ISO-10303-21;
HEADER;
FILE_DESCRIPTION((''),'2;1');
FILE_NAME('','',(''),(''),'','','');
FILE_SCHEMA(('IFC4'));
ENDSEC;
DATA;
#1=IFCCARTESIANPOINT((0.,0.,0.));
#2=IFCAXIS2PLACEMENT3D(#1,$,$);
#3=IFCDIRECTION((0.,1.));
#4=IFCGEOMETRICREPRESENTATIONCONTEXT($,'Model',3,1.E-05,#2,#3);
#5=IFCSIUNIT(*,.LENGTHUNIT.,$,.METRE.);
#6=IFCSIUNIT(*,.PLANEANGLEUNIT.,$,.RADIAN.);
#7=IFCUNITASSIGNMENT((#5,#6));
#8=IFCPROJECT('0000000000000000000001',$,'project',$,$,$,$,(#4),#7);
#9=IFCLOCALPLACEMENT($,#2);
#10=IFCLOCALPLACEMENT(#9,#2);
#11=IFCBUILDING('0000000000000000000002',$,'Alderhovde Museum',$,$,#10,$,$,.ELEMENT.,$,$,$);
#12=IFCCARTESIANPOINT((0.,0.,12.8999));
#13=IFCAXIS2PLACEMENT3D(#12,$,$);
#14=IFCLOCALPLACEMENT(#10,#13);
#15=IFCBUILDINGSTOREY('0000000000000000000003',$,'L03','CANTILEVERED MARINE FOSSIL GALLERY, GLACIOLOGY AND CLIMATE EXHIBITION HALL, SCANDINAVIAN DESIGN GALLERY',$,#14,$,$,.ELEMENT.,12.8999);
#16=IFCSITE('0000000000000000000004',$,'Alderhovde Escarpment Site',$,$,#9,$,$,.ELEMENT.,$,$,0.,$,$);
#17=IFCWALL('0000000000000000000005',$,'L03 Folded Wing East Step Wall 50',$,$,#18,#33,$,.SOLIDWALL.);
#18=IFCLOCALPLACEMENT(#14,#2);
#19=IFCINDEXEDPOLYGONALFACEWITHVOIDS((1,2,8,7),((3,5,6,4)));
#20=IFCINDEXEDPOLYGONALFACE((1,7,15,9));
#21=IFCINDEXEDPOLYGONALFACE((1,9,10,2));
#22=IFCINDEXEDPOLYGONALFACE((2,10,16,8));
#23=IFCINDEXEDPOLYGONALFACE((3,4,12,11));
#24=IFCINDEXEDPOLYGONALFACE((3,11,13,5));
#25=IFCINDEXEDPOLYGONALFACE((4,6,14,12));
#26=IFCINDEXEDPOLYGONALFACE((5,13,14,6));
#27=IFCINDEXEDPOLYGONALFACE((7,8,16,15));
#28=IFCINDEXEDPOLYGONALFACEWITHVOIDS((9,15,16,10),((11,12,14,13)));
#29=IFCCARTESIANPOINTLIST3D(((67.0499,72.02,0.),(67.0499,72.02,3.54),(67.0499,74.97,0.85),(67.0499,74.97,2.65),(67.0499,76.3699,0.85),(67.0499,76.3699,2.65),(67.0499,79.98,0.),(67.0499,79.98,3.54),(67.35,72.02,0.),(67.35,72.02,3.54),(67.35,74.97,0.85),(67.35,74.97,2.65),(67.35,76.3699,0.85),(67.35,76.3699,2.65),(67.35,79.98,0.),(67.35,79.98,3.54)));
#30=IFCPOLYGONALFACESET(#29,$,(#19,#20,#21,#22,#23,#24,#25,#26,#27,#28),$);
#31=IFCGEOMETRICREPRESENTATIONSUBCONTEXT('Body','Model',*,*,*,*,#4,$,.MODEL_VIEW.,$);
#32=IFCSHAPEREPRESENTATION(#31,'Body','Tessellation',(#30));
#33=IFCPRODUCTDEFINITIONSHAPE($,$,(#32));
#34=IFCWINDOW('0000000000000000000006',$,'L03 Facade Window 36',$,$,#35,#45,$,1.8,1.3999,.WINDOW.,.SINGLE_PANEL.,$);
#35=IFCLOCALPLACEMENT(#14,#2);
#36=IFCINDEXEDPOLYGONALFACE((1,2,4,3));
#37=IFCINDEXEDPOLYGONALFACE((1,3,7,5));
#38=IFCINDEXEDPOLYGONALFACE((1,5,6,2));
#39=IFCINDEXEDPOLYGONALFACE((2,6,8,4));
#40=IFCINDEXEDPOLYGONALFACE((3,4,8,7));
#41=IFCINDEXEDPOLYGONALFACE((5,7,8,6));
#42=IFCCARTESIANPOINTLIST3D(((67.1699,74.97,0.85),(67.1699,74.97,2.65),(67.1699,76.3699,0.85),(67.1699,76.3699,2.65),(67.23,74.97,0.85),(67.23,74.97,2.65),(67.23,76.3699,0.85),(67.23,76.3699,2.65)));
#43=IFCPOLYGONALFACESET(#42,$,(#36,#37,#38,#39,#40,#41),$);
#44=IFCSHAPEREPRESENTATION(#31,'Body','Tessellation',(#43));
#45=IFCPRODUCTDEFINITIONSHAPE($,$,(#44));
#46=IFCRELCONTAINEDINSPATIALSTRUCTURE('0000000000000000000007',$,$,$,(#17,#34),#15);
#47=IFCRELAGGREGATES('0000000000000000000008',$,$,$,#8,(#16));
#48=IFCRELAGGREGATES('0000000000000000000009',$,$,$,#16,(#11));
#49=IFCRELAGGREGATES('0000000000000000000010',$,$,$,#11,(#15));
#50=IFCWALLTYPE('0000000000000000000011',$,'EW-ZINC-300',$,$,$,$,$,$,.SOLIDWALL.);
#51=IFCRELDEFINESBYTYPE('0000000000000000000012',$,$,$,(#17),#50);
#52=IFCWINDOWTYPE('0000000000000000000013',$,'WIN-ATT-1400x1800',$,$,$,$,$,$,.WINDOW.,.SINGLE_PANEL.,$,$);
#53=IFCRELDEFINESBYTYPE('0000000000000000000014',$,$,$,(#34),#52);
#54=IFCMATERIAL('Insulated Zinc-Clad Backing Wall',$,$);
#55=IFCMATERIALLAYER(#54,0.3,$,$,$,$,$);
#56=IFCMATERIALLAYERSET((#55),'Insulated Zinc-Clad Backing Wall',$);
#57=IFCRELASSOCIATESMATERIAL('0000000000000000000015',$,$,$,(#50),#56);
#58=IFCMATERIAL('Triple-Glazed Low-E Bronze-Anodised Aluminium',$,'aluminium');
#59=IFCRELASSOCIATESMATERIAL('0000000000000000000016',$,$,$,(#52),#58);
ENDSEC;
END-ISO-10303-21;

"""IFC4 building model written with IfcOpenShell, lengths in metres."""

from ifc_helpers import new_model, si_unit, direction, frame, frame_2d, origin, place, context, subcontext, project, spatial, rectangle, extrude, material, layer, layer_set, type_object, element, fill, save


model = new_model("IFC4")

# Units and contexts
model_context = context("Model", 3, precision=1e-05, world=origin(), true_north=direction((0.0, 1.0)))
body_context = subcontext(model_context, "Body", "Model", "MODEL_VIEW")
ifc_project = project(units=[si_unit("LENGTHUNIT", "METRE"), si_unit("PLANEANGLEUNIT", "RADIAN")], contexts=[model_context])

# Site, building, storey
site_placement = place(None, origin())
site = spatial("IfcSite", under=ifc_project, at=site_placement, Name="Alderhovde Escarpment Site", CompositionType="ELEMENT", RefElevation=0.0)
building_placement = place(site_placement, origin())
building = spatial("IfcBuilding", under=site, at=building_placement, Name="Alderhovde Museum", CompositionType="ELEMENT")
storey_placement = place(building_placement, frame((0.0, 0.0, 12.8999)))
storey = spatial("IfcBuildingStorey", under=building, at=storey_placement, Name="L03", Description="CANTILEVERED MARINE FOSSIL GALLERY, GLACIOLOGY AND CLIMATE EXHIBITION HALL, SCANDINAVIAN DESIGN GALLERY", CompositionType="ELEMENT", Elevation=12.8999)

# Wall, opening, window
ifc_material_1 = material(Name="Insulated Zinc-Clad Backing Wall")
ifc_layer = layer(ifc_material_1, 0.3)
ifc_layer_set = layer_set([ifc_layer], Name="Insulated Zinc-Clad Backing Wall")
wall_type = type_object("IfcWallType", Name="EW-ZINC-300", PredefinedType="SOLIDWALL", material=ifc_layer_set)
wall_1_placement = place(storey_placement, frame((67.2, 72.02, 0.0), z_axis=(0.0, 0.0, 1.0), x_axis=(0.0, 1.0, 0.0)))
wall_1 = element("IfcWall", 1, at=wall_1_placement, inside=storey, type_object=wall_type, Name="L03 Folded Wing East Step Wall 50", PredefinedType="SOLIDWALL", context=body_context, shape_type="SweptSolid", body=[
    extrude(rectangle(XDim=7.96, YDim=0.3, at=frame_2d((3.98, 0.0))), origin(), (0.0, 0.0, 1.0), 3.54),
])
opening_1_placement = place(wall_1_placement, frame((2.95, 0.0, 0.8501)))
opening_1 = element("IfcOpeningElement", 2, at=opening_1_placement, cuts=wall_1, PredefinedType="OPENING", context=body_context, shape_type="SweptSolid", body=[
    extrude(rectangle(XDim=1.3999, YDim=1.8, at=frame_2d((0.7, 0.8999))), frame((0.0, 0.1599, 0.0), z_axis=(0.0, -1.0, 0.0), x_axis=(1.0, 0.0, 0.0)), (0.0, 0.0, 1.0), 0.3201),
])
ifc_material_2 = material(Name="Triple-Glazed Low-E Bronze-Anodised Aluminium", Category="aluminium")
window_type_1 = type_object("IfcWindowType", Name="WIN-ATT-1400x1800", PartitioningType="SINGLE_PANEL", PredefinedType="WINDOW", material=ifc_material_2)
window_1_placement = place(opening_1_placement, origin())
window_1 = element("IfcWindow", 3, at=window_1_placement, inside=storey, type_object=window_type_1, Name="L03 Facade Window 36", OverallHeight=1.8, OverallWidth=1.3999, PartitioningType="SINGLE_PANEL", PredefinedType="WINDOW", context=body_context, shape_type="SweptSolid", body=[
    extrude(rectangle(XDim=1.3999, YDim=1.8, at=frame_2d((0.7, 0.8999))), frame((0.0, 0.03, 0.0), z_axis=(0.0, -1.0, 0.0), x_axis=(1.0, 0.0, 0.0)), (0.0, 0.0, 1.0), 0.0601),
])
fill(opening_1, window_1)

save(model, "model.ifc")
